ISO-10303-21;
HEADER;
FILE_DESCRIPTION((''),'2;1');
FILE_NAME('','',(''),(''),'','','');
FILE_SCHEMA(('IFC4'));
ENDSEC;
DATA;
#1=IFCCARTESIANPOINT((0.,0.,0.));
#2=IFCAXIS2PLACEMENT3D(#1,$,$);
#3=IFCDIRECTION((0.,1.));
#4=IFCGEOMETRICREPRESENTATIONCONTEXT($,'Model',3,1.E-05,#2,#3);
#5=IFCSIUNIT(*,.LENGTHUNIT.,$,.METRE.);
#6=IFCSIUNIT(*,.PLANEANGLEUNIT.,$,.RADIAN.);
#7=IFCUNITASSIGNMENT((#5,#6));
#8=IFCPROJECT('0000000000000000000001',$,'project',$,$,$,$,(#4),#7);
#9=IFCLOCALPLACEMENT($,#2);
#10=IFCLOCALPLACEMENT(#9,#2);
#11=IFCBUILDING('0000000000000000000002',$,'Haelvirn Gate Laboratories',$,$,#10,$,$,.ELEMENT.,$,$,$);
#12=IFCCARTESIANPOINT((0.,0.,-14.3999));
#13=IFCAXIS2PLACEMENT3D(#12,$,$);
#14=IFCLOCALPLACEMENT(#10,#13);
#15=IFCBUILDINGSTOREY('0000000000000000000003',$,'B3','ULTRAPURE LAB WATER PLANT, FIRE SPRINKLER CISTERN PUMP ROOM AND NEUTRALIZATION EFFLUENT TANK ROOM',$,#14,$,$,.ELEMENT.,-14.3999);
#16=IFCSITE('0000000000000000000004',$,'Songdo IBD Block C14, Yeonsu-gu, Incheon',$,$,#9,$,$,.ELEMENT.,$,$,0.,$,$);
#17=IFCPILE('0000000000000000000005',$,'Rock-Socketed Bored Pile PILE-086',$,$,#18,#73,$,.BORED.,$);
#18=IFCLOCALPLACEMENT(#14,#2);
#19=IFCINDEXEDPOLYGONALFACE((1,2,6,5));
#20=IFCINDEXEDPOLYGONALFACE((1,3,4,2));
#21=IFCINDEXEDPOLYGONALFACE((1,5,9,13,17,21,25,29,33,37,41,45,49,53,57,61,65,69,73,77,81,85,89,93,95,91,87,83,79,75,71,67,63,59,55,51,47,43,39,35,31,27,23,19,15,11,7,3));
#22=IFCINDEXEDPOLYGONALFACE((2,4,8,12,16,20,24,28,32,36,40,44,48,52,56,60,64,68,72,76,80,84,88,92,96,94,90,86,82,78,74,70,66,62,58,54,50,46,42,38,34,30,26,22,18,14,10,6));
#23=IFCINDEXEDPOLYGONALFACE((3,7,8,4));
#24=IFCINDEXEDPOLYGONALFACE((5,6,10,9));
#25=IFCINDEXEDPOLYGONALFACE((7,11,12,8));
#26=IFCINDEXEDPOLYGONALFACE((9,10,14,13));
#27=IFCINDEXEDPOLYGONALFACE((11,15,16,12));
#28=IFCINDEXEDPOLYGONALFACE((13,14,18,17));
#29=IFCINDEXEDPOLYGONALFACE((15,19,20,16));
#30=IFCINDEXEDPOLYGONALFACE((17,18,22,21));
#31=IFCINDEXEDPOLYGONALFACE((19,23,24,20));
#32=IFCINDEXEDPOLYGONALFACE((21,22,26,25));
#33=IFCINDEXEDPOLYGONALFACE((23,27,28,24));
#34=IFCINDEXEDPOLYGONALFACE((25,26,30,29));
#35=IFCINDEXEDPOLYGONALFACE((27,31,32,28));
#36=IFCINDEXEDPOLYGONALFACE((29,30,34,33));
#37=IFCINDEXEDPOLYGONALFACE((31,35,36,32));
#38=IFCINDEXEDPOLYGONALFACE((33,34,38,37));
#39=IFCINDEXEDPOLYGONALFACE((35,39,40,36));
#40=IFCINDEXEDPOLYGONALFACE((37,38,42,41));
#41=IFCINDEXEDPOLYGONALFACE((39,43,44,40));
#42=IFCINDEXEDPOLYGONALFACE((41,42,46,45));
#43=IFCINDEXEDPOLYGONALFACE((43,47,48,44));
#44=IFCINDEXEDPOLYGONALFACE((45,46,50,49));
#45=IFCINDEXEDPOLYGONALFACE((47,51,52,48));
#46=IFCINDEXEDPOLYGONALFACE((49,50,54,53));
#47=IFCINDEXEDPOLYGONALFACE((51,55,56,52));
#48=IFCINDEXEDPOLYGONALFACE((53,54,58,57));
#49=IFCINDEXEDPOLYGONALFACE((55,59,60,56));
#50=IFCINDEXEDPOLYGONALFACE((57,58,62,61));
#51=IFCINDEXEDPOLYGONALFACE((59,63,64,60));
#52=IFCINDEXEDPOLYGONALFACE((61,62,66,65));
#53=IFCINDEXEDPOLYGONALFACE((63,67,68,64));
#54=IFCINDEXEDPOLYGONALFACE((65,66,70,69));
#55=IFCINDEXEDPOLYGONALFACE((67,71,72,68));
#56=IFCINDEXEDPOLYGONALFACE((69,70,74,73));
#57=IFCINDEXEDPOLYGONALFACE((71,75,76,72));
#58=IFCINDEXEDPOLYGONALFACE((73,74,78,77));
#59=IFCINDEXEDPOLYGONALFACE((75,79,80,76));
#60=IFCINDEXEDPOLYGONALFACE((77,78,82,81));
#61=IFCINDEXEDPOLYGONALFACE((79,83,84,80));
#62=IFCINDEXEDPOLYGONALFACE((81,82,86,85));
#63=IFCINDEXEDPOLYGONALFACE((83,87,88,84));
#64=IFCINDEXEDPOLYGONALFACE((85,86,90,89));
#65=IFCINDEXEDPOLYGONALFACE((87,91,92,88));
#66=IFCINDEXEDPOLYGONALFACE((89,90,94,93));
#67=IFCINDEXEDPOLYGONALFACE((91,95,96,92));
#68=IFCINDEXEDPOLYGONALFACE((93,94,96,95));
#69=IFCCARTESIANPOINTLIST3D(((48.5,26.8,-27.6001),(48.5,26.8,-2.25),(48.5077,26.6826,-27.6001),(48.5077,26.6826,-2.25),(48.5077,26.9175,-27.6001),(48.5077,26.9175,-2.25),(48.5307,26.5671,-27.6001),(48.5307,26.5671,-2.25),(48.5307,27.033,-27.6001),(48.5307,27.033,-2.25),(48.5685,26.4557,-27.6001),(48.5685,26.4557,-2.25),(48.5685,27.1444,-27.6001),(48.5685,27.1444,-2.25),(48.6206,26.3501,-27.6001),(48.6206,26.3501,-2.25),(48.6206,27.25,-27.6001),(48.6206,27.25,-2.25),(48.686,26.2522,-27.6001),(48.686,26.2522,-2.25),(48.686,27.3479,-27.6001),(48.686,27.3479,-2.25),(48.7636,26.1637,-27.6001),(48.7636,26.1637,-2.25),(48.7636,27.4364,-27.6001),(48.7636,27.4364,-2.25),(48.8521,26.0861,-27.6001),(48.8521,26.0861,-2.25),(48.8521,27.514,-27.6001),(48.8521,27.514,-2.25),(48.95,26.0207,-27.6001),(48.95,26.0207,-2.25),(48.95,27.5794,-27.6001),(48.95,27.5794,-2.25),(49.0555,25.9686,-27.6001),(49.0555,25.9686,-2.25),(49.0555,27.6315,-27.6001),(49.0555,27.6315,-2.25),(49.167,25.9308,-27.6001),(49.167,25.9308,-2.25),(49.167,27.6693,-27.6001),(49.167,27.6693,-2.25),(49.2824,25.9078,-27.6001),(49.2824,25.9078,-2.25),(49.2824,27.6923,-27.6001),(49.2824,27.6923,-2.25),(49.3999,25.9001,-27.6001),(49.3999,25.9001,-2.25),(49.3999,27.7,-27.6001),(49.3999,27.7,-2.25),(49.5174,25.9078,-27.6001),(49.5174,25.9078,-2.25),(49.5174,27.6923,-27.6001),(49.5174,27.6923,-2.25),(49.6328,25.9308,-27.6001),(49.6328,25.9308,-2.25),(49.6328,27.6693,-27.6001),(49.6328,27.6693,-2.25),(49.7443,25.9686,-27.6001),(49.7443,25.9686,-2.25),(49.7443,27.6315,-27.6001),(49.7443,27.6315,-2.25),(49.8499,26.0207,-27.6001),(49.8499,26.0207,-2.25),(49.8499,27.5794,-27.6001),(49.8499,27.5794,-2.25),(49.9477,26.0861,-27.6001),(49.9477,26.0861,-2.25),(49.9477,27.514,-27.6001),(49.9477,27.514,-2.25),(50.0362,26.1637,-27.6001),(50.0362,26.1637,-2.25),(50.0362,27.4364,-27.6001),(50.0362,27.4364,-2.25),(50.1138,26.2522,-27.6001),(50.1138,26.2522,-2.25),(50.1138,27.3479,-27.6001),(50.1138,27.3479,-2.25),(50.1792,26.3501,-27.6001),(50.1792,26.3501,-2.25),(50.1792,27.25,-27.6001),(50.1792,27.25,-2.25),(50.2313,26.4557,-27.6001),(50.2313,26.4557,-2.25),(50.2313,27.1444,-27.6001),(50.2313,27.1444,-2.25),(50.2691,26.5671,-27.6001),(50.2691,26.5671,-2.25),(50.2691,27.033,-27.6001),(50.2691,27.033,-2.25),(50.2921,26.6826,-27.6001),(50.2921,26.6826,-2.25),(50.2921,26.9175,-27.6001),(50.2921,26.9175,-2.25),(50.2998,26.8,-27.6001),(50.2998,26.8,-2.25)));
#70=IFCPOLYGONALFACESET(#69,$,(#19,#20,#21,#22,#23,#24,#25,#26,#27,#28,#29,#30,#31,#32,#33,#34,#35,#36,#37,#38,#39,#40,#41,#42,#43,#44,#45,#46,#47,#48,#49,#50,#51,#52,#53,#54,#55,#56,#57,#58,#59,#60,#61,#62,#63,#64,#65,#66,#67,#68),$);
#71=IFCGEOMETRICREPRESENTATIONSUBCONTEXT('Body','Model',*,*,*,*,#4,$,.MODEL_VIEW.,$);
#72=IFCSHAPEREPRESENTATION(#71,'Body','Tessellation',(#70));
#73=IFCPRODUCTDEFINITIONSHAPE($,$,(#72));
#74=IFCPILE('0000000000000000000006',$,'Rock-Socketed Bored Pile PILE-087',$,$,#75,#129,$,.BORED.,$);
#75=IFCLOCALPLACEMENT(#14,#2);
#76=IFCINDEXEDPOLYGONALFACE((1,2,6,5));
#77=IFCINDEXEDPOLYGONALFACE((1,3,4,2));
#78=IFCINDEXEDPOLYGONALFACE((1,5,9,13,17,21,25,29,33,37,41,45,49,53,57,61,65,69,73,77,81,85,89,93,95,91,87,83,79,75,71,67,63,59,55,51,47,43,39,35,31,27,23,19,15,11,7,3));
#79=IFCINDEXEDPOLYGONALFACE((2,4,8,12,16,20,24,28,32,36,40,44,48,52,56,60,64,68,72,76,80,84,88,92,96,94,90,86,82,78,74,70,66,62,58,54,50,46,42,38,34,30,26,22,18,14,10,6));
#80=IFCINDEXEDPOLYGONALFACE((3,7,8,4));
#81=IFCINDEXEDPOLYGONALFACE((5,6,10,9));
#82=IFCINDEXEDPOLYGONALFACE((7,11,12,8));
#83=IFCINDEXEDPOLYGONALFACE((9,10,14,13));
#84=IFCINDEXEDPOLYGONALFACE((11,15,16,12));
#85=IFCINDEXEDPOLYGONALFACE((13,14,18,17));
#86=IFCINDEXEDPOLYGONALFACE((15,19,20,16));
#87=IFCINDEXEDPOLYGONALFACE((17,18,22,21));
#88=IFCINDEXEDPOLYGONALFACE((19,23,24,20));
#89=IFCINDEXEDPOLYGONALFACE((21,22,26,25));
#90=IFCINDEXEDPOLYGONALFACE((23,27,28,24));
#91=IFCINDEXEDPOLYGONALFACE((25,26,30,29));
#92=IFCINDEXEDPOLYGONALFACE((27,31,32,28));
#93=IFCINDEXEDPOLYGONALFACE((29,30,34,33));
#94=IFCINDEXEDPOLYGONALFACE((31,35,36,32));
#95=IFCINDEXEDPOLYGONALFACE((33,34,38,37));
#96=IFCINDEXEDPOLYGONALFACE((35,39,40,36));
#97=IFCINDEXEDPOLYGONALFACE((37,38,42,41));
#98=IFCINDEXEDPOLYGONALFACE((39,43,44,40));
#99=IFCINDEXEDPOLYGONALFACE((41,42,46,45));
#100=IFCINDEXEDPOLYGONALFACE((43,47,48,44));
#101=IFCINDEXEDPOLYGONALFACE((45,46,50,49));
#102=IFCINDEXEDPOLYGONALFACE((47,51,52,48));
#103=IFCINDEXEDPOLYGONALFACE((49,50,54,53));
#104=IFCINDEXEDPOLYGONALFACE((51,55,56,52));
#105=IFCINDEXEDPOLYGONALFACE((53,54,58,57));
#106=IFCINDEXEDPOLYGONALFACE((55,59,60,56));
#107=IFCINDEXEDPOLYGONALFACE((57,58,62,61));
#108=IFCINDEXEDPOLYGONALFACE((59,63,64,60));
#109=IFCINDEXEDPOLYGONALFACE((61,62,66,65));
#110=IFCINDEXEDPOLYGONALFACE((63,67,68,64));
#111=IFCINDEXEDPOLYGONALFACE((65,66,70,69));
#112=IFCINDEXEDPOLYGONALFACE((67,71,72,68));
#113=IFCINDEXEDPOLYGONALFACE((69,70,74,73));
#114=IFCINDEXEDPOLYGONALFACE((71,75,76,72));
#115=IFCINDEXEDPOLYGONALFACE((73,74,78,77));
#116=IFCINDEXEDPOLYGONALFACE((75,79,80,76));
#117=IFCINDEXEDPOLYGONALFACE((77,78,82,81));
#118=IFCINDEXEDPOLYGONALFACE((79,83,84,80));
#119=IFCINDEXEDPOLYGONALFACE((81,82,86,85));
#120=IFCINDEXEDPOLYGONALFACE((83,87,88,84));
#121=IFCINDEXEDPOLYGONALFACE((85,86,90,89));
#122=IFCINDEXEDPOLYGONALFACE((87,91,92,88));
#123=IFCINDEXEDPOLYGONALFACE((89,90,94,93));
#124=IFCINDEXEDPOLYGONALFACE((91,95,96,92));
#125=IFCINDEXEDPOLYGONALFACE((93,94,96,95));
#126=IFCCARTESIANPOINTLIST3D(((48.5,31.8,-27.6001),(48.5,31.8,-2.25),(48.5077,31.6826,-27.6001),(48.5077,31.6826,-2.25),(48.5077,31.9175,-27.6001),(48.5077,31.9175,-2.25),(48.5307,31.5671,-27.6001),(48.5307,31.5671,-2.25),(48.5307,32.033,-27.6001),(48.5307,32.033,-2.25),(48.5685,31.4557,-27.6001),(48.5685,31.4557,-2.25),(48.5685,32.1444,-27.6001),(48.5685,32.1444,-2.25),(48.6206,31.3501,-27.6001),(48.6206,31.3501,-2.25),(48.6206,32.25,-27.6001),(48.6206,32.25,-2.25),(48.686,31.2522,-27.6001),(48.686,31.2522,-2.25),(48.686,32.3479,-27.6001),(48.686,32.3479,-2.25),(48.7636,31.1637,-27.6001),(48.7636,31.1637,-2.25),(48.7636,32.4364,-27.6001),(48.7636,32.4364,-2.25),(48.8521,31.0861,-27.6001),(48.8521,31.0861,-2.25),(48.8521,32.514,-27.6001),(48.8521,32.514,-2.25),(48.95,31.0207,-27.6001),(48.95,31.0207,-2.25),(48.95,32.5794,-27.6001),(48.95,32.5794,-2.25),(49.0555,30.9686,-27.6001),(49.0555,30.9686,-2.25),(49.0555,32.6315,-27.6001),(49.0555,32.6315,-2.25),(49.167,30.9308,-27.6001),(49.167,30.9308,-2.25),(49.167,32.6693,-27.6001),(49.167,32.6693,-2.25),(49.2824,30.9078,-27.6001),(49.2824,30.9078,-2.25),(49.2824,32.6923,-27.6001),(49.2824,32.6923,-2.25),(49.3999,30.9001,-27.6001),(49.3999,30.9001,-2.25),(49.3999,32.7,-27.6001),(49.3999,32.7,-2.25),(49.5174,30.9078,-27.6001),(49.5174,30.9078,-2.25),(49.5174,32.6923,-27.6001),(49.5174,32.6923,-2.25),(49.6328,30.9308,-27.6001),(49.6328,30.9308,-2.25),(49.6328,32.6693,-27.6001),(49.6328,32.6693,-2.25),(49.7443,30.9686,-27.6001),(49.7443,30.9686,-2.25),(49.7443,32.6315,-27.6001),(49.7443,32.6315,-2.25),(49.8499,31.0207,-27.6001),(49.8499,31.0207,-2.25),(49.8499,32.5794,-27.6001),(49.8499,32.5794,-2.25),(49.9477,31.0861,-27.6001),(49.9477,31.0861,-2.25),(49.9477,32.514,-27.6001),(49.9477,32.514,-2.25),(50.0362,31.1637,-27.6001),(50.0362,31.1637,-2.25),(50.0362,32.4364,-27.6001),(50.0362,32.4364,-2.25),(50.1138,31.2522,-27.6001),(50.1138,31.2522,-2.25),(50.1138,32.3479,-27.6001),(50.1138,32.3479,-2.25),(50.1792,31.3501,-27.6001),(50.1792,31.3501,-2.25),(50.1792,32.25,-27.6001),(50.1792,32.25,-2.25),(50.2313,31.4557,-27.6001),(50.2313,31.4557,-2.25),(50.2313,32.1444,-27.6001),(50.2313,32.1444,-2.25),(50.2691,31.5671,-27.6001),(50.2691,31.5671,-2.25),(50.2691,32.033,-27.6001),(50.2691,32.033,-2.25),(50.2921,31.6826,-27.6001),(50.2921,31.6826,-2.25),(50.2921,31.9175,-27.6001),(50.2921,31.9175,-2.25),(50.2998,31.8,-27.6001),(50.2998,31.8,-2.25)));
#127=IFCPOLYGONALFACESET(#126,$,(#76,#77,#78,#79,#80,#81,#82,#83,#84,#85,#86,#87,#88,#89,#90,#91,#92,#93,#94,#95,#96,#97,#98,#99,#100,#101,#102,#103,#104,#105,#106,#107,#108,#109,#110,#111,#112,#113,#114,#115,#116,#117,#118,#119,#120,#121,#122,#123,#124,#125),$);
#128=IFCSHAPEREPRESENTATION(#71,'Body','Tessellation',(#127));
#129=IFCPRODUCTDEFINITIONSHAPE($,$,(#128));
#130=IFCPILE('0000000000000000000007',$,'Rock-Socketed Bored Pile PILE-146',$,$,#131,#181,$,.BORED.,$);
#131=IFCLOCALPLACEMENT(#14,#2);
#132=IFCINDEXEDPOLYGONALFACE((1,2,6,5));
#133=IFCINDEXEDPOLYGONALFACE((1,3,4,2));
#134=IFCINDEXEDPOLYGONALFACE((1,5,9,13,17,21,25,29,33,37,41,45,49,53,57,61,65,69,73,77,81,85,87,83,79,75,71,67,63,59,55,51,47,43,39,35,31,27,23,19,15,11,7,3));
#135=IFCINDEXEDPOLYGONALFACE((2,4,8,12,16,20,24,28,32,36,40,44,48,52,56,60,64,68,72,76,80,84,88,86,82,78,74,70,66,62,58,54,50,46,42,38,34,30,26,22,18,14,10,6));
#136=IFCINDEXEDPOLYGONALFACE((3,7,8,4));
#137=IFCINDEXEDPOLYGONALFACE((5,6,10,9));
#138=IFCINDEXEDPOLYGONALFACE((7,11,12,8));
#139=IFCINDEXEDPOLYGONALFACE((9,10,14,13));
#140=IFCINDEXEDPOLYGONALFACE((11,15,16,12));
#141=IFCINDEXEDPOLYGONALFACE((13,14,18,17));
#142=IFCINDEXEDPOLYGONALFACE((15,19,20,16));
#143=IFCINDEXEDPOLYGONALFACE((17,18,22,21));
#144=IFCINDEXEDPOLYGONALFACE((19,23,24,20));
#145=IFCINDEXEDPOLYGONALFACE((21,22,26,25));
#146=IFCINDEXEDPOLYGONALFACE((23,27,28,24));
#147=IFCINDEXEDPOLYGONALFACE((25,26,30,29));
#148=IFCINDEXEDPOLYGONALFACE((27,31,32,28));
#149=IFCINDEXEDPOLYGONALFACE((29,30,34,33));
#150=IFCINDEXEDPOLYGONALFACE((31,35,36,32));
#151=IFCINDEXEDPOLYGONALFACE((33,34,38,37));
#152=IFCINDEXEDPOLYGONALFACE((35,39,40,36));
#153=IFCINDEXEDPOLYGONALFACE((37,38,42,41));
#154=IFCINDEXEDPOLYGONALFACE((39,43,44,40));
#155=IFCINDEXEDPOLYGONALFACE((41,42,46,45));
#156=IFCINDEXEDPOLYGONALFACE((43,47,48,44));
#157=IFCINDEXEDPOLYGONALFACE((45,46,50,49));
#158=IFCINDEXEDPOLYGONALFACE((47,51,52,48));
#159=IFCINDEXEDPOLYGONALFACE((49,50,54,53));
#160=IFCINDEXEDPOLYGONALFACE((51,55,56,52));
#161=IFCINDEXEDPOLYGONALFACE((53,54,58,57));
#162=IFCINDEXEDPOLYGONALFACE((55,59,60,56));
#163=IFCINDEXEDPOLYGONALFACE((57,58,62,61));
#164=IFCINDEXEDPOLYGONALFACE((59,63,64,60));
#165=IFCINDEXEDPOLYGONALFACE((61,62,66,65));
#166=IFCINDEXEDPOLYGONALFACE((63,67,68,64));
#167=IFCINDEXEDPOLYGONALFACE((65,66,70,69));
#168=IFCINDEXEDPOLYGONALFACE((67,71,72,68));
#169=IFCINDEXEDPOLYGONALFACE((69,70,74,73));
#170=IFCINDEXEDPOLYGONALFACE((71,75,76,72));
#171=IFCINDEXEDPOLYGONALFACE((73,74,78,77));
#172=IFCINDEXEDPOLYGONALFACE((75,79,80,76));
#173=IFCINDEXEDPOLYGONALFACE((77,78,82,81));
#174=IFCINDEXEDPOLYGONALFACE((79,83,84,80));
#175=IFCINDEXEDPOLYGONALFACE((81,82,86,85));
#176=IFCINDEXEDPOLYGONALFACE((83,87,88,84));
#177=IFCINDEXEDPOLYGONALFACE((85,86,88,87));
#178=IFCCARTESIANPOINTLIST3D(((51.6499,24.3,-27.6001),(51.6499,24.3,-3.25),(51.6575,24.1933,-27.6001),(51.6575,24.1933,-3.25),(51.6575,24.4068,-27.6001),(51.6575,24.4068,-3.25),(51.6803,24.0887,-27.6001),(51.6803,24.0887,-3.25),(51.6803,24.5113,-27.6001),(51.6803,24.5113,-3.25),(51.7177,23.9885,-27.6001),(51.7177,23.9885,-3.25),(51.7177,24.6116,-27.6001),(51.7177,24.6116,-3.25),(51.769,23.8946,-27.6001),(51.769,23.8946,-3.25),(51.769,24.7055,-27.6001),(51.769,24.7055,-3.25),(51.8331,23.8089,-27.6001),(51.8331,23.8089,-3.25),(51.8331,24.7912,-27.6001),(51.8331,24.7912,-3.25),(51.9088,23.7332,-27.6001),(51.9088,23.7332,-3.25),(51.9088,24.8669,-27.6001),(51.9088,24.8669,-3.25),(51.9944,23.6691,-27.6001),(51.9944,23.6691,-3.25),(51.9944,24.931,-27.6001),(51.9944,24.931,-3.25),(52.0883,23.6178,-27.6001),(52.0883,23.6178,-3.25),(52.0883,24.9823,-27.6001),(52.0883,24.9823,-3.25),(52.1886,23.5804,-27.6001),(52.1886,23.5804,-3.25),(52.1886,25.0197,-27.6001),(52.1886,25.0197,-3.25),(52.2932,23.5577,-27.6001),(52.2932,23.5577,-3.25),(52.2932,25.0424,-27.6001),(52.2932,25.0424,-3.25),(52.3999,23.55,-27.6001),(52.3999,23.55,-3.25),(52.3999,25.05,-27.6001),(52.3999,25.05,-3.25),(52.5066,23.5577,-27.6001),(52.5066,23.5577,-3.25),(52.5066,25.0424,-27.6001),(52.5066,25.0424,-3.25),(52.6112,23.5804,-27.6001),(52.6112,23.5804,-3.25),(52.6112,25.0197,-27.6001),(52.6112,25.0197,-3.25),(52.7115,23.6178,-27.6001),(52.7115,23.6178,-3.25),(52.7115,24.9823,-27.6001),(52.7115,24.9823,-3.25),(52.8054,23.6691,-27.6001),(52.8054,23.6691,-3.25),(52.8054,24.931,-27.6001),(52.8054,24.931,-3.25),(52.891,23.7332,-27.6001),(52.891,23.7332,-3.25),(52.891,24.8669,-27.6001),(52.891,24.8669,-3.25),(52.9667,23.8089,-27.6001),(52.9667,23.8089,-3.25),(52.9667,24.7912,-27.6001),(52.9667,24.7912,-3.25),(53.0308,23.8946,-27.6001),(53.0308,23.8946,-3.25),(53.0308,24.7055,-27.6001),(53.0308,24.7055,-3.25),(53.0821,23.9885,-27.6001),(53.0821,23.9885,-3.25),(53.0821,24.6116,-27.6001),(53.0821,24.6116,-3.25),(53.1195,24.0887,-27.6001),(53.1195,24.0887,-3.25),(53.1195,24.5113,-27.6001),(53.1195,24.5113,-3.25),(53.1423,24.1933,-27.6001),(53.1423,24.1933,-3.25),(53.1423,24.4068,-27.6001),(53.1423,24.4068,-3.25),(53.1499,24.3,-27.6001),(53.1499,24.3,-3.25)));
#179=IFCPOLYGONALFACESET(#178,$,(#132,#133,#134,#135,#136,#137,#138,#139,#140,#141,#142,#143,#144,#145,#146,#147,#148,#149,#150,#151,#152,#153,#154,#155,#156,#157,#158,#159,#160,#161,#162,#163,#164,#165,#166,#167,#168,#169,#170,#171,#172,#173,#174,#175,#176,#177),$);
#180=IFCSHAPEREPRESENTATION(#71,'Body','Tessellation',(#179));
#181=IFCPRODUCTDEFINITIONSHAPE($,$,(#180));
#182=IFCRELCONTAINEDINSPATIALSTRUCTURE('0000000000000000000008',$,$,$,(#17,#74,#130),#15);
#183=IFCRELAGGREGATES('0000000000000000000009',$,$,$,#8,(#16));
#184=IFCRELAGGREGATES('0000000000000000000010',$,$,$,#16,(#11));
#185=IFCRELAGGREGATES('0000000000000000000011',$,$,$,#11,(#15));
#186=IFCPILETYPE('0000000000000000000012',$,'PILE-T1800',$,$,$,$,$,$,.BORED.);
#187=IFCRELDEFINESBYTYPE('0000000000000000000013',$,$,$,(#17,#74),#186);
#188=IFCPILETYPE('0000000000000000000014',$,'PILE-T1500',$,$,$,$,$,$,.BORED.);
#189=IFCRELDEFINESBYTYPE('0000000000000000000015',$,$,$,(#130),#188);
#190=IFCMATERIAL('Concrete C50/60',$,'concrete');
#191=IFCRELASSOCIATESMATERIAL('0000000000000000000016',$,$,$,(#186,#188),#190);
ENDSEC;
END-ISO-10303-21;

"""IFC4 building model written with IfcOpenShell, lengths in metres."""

from ifc_helpers import new_model, si_unit, direction, frame, origin, origin_2d, place, context, subcontext, project, spatial, circle, extrude, source, transform, mapped, material, material_profile, profile_set, type_object, type_shapes, element, save


model = new_model("IFC4")

# Units and contexts
model_context = context("Model", 3, precision=1e-05, world=origin(), true_north=direction((0.0, 1.0)))
body_context = subcontext(model_context, "Body", "Model", "MODEL_VIEW")
ifc_project = project(units=[si_unit("LENGTHUNIT", "METRE"), si_unit("PLANEANGLEUNIT", "RADIAN")], contexts=[model_context])

# Site, building, storey
site_placement = place(None, origin())
site = spatial("IfcSite", under=ifc_project, at=site_placement, Name="Songdo IBD Block C14, Yeonsu-gu, Incheon", CompositionType="ELEMENT", RefElevation=0.0)
building_placement = place(site_placement, origin())
building = spatial("IfcBuilding", under=site, at=building_placement, Name="Haelvirn Gate Laboratories", CompositionType="ELEMENT")
storey_placement = place(building_placement, frame((0.0, 0.0, -14.3999)))
storey = spatial("IfcBuildingStorey", under=building, at=storey_placement, Name="B3", Description="ULTRAPURE LAB WATER PLANT, FIRE SPRINKLER CISTERN PUMP ROOM AND NEUTRALIZATION EFFLUENT TANK ROOM", CompositionType="ELEMENT", Elevation=-14.3999)

# Piles
ifc_material_1 = material(Name="Concrete C50/60", Category="concrete")
ifc_material_profile_1 = material_profile(ifc_material_1, circle(Radius=0.8999, at=origin_2d()), Name="PILE-D1800")
ifc_profile_set_1 = profile_set([ifc_material_profile_1], Name="Concrete C50/60")
pile_type_1 = type_object("IfcPileType", Name="PILE-T1800", PredefinedType="BORED", material=ifc_profile_set_1)
shared_shape_1 = source(origin(), body_context, "Body", "SweptSolid", [
    extrude(circle(Radius=0.8999, at=origin_2d()), origin(), (0.0, 0.0, 1.0), 25.3501),
])
for number, where, z_axis, x_axis, name in (
    (1, (49.3999, 26.8, -2.25), (0.0, 0.0, -1.0), (1.0, 0.0, 0.0), "Rock-Socketed Bored Pile PILE-086"),
    (2, (49.3999, 31.8, -2.25), (0.0, 0.0, -1.0), (1.0, 0.0, 0.0), "Rock-Socketed Bored Pile PILE-087"),
):
    element("IfcPile", number, at=place(storey_placement, frame(where, z_axis=z_axis, x_axis=x_axis)), inside=storey, type_object=pile_type_1, Name=name, PredefinedType="BORED", context=body_context, shape_type="MappedRepresentation", body=[
        mapped(shared_shape_1, transform((0.0, 0.0, 0.0), scale=1.0)),
    ])
ifc_material_profile_2 = material_profile(ifc_material_1, circle(Radius=0.75, at=origin_2d()), Name="PILE-D1500")
ifc_profile_set_2 = profile_set([ifc_material_profile_2], Name="Concrete C50/60")
pile_type_2 = type_object("IfcPileType", Name="PILE-T1500", PredefinedType="BORED", material=ifc_profile_set_2)
shared_shape_2 = source(origin(), body_context, "Body", "SweptSolid", [
    extrude(circle(Radius=0.75, at=origin_2d()), origin(), (0.0, 0.0, 1.0), 24.3501),
])
type_shapes(pile_type_2, [shared_shape_2])
for number, where, z_axis, x_axis, name in (
    (3, (52.3999, 24.3, -3.25), (0.0, 0.0, -1.0), (1.0, 0.0, 0.0), "Rock-Socketed Bored Pile PILE-146"),
):
    element("IfcPile", number, at=place(storey_placement, frame(where, z_axis=z_axis, x_axis=x_axis)), inside=storey, type_object=pile_type_2, Name=name, PredefinedType="BORED", context=body_context, shape_type="MappedRepresentation", body=[
        mapped(shared_shape_2, transform((0.0, 0.0, 0.0), scale=1.0)),
    ])

save(model, "model.ifc")
